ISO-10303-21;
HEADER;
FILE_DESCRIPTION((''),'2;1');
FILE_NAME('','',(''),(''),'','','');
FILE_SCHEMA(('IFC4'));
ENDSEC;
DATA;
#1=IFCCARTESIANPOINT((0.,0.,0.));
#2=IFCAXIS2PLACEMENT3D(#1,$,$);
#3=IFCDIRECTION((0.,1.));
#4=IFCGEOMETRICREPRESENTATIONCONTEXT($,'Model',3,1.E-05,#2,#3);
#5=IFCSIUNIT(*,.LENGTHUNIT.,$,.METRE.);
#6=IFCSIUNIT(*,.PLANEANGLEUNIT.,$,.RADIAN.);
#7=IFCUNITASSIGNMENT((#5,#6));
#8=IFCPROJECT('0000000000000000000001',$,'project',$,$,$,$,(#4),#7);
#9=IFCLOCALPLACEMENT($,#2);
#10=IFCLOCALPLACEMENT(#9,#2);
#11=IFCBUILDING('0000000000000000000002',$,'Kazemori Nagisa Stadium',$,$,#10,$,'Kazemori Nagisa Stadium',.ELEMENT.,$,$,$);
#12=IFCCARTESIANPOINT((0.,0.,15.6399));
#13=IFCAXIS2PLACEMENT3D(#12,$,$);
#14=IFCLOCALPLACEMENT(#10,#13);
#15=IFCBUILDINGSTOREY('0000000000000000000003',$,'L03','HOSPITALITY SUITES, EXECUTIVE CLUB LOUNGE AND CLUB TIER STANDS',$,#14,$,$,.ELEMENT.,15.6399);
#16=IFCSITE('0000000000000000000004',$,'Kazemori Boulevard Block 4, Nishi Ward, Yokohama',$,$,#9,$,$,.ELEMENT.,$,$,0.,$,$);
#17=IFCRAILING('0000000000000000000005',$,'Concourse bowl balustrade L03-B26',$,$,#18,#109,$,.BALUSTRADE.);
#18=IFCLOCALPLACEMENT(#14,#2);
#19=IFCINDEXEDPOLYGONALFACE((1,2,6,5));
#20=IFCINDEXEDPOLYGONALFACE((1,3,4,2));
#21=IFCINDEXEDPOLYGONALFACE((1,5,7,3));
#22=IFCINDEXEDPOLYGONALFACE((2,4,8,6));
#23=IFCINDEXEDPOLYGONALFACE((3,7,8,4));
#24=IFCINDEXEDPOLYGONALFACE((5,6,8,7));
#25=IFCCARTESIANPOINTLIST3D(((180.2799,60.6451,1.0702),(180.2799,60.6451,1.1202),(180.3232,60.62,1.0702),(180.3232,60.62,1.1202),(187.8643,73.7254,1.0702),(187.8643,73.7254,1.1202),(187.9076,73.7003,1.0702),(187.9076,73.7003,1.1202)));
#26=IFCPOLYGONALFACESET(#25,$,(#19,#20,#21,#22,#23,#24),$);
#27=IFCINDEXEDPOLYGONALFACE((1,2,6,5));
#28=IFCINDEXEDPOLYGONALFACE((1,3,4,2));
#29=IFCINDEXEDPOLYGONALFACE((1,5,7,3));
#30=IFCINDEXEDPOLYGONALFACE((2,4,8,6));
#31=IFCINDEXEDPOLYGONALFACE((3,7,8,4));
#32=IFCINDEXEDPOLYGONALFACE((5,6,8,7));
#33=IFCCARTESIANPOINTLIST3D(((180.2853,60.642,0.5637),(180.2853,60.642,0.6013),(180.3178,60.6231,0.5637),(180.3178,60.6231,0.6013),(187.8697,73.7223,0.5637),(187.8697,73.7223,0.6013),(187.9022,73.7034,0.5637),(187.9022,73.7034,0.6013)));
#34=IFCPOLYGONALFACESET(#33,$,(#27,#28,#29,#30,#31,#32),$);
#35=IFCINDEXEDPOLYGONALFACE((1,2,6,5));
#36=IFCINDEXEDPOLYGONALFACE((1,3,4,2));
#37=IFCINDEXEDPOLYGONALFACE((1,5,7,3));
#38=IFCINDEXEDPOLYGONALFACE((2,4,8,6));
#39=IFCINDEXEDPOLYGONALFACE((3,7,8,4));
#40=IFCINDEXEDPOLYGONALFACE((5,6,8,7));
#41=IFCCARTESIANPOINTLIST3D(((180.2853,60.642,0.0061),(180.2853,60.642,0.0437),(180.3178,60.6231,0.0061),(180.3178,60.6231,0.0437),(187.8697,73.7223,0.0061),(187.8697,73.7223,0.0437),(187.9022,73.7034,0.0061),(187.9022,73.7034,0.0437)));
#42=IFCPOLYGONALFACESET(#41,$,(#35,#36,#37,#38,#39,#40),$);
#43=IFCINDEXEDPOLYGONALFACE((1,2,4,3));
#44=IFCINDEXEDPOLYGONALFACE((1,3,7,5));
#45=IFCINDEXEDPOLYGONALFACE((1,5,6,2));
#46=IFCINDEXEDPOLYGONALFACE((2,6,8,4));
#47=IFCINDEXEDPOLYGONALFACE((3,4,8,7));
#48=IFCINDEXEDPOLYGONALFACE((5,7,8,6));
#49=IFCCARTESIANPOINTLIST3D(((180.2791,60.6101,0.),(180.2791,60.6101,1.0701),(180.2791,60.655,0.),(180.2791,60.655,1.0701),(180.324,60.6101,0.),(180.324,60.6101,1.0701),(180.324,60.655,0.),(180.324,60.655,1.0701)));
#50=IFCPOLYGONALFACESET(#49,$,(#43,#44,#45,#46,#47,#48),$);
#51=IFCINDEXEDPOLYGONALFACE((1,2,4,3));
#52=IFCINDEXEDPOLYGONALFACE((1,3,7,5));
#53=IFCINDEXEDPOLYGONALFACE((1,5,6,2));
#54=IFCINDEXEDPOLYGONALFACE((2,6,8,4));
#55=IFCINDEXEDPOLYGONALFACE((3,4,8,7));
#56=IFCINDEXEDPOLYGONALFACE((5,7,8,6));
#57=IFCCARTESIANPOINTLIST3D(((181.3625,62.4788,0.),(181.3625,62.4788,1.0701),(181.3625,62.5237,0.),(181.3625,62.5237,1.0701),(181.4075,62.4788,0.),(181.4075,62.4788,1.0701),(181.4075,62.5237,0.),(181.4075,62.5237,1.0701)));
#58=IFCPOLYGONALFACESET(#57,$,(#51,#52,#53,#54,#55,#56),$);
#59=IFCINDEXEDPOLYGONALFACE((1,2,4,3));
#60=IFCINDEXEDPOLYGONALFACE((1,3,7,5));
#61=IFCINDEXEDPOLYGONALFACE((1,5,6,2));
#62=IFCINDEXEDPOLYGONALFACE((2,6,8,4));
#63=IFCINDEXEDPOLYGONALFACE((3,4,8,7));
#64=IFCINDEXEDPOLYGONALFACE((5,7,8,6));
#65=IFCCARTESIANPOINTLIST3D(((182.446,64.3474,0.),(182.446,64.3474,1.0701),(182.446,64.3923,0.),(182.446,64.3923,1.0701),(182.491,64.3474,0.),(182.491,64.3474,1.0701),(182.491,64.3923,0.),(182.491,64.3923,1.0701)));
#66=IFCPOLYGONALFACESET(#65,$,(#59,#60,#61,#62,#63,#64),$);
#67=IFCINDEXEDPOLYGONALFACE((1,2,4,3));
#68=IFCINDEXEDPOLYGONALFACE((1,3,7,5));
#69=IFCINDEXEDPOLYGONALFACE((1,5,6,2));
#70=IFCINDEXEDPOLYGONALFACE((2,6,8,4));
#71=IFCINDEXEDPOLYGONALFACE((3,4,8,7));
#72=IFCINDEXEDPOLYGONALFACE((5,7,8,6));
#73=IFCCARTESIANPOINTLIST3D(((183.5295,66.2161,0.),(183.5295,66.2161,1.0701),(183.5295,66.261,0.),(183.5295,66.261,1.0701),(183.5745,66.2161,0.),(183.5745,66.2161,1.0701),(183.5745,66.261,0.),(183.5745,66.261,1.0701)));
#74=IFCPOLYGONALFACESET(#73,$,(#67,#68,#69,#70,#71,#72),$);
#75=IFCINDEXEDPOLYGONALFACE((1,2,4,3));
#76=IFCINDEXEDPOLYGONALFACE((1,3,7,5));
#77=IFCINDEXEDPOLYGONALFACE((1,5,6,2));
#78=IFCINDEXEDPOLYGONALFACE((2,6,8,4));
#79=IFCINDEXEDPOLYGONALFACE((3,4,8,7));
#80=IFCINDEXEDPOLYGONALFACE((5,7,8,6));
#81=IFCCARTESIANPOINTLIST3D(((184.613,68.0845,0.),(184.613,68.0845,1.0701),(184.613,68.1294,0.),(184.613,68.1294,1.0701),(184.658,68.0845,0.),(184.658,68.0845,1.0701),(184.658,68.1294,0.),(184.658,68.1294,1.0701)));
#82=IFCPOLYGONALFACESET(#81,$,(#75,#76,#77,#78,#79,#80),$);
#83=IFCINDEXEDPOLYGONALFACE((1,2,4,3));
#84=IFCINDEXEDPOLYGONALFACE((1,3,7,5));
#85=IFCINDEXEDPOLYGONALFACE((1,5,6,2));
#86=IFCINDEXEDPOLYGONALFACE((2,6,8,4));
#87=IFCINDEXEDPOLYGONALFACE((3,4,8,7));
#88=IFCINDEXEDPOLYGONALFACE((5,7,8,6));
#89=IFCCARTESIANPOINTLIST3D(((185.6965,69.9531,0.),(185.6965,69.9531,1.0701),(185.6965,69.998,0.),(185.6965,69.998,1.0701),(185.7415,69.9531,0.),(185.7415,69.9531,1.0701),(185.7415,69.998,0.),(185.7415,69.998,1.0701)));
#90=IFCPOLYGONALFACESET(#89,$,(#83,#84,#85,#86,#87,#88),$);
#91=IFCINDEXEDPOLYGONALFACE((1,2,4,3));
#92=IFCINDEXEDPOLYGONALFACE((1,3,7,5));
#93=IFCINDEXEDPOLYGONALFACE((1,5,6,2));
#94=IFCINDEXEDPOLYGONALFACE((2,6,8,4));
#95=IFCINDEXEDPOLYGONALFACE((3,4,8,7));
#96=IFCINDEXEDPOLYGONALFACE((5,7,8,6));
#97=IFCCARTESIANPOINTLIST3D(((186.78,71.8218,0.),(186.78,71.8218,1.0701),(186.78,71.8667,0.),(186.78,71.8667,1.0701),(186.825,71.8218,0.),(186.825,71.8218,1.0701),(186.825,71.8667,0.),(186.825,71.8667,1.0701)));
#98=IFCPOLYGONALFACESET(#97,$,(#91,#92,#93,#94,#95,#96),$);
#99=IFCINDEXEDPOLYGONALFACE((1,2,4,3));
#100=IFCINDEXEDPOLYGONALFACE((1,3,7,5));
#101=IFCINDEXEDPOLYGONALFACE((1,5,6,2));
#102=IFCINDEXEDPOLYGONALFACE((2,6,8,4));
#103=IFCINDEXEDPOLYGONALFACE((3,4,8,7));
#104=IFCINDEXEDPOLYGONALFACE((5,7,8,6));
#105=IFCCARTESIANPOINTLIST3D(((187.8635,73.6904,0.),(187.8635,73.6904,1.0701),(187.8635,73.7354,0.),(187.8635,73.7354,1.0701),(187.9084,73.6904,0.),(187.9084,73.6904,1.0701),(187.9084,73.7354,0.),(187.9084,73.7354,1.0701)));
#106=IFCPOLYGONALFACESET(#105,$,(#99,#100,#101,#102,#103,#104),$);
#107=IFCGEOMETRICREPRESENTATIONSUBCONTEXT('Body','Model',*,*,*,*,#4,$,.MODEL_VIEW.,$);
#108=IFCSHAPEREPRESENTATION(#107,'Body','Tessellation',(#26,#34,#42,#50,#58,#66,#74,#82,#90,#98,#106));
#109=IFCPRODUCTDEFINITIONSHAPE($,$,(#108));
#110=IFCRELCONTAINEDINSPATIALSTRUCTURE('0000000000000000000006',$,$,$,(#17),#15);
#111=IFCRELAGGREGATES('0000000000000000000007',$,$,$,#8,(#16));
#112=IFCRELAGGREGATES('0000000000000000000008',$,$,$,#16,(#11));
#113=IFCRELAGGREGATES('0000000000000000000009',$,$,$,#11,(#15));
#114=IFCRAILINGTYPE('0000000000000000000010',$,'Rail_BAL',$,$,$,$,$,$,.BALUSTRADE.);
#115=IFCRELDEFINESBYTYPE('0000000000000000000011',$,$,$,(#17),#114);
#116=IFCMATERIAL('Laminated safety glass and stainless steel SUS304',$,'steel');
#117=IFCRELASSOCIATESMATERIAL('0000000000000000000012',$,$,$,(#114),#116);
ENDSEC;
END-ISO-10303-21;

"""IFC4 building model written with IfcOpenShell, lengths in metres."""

from ifc_helpers import new_model, si_unit, direction, frame, origin, origin_2d, place, context, subcontext, project, spatial, rectangle, extrude, material, type_object, element, save


model = new_model("IFC4")

# Units and contexts
model_context = context("Model", 3, precision=1e-05, world=origin(), true_north=direction((0.0, 1.0)))
body_context = subcontext(model_context, "Body", "Model", "MODEL_VIEW")
ifc_project = project(units=[si_unit("LENGTHUNIT", "METRE"), si_unit("PLANEANGLEUNIT", "RADIAN")], contexts=[model_context])

# Site, building, storey
site_placement = place(None, origin())
site = spatial("IfcSite", under=ifc_project, at=site_placement, Name="Kazemori Boulevard Block 4, Nishi Ward, Yokohama", CompositionType="ELEMENT", RefElevation=0.0)
building_placement = place(site_placement, origin())
building = spatial("IfcBuilding", under=site, at=building_placement, Name="Kazemori Nagisa Stadium", LongName="Kazemori Nagisa Stadium", CompositionType="ELEMENT")
storey_placement = place(building_placement, frame((0.0, 0.0, 15.6399)))
storey = spatial("IfcBuildingStorey", under=building, at=storey_placement, Name="L03", Description="HOSPITALITY SUITES, EXECUTIVE CLUB LOUNGE AND CLUB TIER STANDS", CompositionType="ELEMENT", Elevation=15.6399)

# Railing
ifc_material_1 = material(Name="Laminated safety glass and stainless steel SUS304", Category="steel")
railing_type = type_object("IfcRailingType", Name="Rail_BAL", PredefinedType="BALUSTRADE", material=ifc_material_1)
railing_placement = place(storey_placement, frame((180.3015, 60.6326, 0.0)))
element("IfcRailing", 1, at=railing_placement, inside=storey, type_object=railing_type, Name="Concourse bowl balustrade L03-B26", PredefinedType="BALUSTRADE", context=body_context, shape_type="SweptSolid", body=[
    extrude(rectangle(XDim=0.05, YDim=0.05, at=origin_2d()), frame((0.0, 0.0, 1.0952), z_axis=(0.501613, 0.865092, 0.0), x_axis=(-0.865092, 0.501613, 0.0)), (0.0, 0.0, 1.0), 15.1201),
    extrude(rectangle(XDim=0.0376, YDim=0.0376, at=origin_2d()), frame((0.0, 0.0, 0.5825), z_axis=(0.501613, 0.865092, 0.0), x_axis=(-0.865092, 0.501613, 0.0)), (0.0, 0.0, 1.0), 15.1201),
    extrude(rectangle(XDim=0.0376, YDim=0.0376, at=origin_2d()), frame((0.0, 0.0, 0.0249), z_axis=(0.501613, 0.865092, 0.0), x_axis=(-0.865092, 0.501613, 0.0)), (0.0, 0.0, 1.0), 15.1201),
    extrude(rectangle(XDim=0.0449, YDim=0.0449, at=origin_2d()), origin(), (0.0, 0.0, 1.0), 1.0701),
    extrude(rectangle(XDim=0.0449, YDim=0.0449, at=origin_2d()), frame((1.0835, 1.8687, 0.0)), (0.0, 0.0, 1.0), 1.0701),
    extrude(rectangle(XDim=0.0449, YDim=0.0449, at=origin_2d()), frame((2.167, 3.7373, 0.0)), (0.0, 0.0, 1.0), 1.0701),
    extrude(rectangle(XDim=0.0449, YDim=0.0449, at=origin_2d()), frame((3.2505, 5.606, 0.0)), (0.0, 0.0, 1.0), 1.0701),
    extrude(rectangle(XDim=0.0449, YDim=0.0449, at=origin_2d()), frame((4.334, 7.4744, 0.0)), (0.0, 0.0, 1.0), 1.0701),
    extrude(rectangle(XDim=0.0449, YDim=0.0449, at=origin_2d()), frame((5.4175, 9.343, 0.0)), (0.0, 0.0, 1.0), 1.0701),
    extrude(rectangle(XDim=0.0449, YDim=0.0449, at=origin_2d()), frame((6.501, 11.2117, 0.0)), (0.0, 0.0, 1.0), 1.0701),
    extrude(rectangle(XDim=0.0449, YDim=0.0449, at=origin_2d()), frame((7.5845, 13.0803, 0.0)), (0.0, 0.0, 1.0), 1.0701),
])

save(model, "model.ifc")
